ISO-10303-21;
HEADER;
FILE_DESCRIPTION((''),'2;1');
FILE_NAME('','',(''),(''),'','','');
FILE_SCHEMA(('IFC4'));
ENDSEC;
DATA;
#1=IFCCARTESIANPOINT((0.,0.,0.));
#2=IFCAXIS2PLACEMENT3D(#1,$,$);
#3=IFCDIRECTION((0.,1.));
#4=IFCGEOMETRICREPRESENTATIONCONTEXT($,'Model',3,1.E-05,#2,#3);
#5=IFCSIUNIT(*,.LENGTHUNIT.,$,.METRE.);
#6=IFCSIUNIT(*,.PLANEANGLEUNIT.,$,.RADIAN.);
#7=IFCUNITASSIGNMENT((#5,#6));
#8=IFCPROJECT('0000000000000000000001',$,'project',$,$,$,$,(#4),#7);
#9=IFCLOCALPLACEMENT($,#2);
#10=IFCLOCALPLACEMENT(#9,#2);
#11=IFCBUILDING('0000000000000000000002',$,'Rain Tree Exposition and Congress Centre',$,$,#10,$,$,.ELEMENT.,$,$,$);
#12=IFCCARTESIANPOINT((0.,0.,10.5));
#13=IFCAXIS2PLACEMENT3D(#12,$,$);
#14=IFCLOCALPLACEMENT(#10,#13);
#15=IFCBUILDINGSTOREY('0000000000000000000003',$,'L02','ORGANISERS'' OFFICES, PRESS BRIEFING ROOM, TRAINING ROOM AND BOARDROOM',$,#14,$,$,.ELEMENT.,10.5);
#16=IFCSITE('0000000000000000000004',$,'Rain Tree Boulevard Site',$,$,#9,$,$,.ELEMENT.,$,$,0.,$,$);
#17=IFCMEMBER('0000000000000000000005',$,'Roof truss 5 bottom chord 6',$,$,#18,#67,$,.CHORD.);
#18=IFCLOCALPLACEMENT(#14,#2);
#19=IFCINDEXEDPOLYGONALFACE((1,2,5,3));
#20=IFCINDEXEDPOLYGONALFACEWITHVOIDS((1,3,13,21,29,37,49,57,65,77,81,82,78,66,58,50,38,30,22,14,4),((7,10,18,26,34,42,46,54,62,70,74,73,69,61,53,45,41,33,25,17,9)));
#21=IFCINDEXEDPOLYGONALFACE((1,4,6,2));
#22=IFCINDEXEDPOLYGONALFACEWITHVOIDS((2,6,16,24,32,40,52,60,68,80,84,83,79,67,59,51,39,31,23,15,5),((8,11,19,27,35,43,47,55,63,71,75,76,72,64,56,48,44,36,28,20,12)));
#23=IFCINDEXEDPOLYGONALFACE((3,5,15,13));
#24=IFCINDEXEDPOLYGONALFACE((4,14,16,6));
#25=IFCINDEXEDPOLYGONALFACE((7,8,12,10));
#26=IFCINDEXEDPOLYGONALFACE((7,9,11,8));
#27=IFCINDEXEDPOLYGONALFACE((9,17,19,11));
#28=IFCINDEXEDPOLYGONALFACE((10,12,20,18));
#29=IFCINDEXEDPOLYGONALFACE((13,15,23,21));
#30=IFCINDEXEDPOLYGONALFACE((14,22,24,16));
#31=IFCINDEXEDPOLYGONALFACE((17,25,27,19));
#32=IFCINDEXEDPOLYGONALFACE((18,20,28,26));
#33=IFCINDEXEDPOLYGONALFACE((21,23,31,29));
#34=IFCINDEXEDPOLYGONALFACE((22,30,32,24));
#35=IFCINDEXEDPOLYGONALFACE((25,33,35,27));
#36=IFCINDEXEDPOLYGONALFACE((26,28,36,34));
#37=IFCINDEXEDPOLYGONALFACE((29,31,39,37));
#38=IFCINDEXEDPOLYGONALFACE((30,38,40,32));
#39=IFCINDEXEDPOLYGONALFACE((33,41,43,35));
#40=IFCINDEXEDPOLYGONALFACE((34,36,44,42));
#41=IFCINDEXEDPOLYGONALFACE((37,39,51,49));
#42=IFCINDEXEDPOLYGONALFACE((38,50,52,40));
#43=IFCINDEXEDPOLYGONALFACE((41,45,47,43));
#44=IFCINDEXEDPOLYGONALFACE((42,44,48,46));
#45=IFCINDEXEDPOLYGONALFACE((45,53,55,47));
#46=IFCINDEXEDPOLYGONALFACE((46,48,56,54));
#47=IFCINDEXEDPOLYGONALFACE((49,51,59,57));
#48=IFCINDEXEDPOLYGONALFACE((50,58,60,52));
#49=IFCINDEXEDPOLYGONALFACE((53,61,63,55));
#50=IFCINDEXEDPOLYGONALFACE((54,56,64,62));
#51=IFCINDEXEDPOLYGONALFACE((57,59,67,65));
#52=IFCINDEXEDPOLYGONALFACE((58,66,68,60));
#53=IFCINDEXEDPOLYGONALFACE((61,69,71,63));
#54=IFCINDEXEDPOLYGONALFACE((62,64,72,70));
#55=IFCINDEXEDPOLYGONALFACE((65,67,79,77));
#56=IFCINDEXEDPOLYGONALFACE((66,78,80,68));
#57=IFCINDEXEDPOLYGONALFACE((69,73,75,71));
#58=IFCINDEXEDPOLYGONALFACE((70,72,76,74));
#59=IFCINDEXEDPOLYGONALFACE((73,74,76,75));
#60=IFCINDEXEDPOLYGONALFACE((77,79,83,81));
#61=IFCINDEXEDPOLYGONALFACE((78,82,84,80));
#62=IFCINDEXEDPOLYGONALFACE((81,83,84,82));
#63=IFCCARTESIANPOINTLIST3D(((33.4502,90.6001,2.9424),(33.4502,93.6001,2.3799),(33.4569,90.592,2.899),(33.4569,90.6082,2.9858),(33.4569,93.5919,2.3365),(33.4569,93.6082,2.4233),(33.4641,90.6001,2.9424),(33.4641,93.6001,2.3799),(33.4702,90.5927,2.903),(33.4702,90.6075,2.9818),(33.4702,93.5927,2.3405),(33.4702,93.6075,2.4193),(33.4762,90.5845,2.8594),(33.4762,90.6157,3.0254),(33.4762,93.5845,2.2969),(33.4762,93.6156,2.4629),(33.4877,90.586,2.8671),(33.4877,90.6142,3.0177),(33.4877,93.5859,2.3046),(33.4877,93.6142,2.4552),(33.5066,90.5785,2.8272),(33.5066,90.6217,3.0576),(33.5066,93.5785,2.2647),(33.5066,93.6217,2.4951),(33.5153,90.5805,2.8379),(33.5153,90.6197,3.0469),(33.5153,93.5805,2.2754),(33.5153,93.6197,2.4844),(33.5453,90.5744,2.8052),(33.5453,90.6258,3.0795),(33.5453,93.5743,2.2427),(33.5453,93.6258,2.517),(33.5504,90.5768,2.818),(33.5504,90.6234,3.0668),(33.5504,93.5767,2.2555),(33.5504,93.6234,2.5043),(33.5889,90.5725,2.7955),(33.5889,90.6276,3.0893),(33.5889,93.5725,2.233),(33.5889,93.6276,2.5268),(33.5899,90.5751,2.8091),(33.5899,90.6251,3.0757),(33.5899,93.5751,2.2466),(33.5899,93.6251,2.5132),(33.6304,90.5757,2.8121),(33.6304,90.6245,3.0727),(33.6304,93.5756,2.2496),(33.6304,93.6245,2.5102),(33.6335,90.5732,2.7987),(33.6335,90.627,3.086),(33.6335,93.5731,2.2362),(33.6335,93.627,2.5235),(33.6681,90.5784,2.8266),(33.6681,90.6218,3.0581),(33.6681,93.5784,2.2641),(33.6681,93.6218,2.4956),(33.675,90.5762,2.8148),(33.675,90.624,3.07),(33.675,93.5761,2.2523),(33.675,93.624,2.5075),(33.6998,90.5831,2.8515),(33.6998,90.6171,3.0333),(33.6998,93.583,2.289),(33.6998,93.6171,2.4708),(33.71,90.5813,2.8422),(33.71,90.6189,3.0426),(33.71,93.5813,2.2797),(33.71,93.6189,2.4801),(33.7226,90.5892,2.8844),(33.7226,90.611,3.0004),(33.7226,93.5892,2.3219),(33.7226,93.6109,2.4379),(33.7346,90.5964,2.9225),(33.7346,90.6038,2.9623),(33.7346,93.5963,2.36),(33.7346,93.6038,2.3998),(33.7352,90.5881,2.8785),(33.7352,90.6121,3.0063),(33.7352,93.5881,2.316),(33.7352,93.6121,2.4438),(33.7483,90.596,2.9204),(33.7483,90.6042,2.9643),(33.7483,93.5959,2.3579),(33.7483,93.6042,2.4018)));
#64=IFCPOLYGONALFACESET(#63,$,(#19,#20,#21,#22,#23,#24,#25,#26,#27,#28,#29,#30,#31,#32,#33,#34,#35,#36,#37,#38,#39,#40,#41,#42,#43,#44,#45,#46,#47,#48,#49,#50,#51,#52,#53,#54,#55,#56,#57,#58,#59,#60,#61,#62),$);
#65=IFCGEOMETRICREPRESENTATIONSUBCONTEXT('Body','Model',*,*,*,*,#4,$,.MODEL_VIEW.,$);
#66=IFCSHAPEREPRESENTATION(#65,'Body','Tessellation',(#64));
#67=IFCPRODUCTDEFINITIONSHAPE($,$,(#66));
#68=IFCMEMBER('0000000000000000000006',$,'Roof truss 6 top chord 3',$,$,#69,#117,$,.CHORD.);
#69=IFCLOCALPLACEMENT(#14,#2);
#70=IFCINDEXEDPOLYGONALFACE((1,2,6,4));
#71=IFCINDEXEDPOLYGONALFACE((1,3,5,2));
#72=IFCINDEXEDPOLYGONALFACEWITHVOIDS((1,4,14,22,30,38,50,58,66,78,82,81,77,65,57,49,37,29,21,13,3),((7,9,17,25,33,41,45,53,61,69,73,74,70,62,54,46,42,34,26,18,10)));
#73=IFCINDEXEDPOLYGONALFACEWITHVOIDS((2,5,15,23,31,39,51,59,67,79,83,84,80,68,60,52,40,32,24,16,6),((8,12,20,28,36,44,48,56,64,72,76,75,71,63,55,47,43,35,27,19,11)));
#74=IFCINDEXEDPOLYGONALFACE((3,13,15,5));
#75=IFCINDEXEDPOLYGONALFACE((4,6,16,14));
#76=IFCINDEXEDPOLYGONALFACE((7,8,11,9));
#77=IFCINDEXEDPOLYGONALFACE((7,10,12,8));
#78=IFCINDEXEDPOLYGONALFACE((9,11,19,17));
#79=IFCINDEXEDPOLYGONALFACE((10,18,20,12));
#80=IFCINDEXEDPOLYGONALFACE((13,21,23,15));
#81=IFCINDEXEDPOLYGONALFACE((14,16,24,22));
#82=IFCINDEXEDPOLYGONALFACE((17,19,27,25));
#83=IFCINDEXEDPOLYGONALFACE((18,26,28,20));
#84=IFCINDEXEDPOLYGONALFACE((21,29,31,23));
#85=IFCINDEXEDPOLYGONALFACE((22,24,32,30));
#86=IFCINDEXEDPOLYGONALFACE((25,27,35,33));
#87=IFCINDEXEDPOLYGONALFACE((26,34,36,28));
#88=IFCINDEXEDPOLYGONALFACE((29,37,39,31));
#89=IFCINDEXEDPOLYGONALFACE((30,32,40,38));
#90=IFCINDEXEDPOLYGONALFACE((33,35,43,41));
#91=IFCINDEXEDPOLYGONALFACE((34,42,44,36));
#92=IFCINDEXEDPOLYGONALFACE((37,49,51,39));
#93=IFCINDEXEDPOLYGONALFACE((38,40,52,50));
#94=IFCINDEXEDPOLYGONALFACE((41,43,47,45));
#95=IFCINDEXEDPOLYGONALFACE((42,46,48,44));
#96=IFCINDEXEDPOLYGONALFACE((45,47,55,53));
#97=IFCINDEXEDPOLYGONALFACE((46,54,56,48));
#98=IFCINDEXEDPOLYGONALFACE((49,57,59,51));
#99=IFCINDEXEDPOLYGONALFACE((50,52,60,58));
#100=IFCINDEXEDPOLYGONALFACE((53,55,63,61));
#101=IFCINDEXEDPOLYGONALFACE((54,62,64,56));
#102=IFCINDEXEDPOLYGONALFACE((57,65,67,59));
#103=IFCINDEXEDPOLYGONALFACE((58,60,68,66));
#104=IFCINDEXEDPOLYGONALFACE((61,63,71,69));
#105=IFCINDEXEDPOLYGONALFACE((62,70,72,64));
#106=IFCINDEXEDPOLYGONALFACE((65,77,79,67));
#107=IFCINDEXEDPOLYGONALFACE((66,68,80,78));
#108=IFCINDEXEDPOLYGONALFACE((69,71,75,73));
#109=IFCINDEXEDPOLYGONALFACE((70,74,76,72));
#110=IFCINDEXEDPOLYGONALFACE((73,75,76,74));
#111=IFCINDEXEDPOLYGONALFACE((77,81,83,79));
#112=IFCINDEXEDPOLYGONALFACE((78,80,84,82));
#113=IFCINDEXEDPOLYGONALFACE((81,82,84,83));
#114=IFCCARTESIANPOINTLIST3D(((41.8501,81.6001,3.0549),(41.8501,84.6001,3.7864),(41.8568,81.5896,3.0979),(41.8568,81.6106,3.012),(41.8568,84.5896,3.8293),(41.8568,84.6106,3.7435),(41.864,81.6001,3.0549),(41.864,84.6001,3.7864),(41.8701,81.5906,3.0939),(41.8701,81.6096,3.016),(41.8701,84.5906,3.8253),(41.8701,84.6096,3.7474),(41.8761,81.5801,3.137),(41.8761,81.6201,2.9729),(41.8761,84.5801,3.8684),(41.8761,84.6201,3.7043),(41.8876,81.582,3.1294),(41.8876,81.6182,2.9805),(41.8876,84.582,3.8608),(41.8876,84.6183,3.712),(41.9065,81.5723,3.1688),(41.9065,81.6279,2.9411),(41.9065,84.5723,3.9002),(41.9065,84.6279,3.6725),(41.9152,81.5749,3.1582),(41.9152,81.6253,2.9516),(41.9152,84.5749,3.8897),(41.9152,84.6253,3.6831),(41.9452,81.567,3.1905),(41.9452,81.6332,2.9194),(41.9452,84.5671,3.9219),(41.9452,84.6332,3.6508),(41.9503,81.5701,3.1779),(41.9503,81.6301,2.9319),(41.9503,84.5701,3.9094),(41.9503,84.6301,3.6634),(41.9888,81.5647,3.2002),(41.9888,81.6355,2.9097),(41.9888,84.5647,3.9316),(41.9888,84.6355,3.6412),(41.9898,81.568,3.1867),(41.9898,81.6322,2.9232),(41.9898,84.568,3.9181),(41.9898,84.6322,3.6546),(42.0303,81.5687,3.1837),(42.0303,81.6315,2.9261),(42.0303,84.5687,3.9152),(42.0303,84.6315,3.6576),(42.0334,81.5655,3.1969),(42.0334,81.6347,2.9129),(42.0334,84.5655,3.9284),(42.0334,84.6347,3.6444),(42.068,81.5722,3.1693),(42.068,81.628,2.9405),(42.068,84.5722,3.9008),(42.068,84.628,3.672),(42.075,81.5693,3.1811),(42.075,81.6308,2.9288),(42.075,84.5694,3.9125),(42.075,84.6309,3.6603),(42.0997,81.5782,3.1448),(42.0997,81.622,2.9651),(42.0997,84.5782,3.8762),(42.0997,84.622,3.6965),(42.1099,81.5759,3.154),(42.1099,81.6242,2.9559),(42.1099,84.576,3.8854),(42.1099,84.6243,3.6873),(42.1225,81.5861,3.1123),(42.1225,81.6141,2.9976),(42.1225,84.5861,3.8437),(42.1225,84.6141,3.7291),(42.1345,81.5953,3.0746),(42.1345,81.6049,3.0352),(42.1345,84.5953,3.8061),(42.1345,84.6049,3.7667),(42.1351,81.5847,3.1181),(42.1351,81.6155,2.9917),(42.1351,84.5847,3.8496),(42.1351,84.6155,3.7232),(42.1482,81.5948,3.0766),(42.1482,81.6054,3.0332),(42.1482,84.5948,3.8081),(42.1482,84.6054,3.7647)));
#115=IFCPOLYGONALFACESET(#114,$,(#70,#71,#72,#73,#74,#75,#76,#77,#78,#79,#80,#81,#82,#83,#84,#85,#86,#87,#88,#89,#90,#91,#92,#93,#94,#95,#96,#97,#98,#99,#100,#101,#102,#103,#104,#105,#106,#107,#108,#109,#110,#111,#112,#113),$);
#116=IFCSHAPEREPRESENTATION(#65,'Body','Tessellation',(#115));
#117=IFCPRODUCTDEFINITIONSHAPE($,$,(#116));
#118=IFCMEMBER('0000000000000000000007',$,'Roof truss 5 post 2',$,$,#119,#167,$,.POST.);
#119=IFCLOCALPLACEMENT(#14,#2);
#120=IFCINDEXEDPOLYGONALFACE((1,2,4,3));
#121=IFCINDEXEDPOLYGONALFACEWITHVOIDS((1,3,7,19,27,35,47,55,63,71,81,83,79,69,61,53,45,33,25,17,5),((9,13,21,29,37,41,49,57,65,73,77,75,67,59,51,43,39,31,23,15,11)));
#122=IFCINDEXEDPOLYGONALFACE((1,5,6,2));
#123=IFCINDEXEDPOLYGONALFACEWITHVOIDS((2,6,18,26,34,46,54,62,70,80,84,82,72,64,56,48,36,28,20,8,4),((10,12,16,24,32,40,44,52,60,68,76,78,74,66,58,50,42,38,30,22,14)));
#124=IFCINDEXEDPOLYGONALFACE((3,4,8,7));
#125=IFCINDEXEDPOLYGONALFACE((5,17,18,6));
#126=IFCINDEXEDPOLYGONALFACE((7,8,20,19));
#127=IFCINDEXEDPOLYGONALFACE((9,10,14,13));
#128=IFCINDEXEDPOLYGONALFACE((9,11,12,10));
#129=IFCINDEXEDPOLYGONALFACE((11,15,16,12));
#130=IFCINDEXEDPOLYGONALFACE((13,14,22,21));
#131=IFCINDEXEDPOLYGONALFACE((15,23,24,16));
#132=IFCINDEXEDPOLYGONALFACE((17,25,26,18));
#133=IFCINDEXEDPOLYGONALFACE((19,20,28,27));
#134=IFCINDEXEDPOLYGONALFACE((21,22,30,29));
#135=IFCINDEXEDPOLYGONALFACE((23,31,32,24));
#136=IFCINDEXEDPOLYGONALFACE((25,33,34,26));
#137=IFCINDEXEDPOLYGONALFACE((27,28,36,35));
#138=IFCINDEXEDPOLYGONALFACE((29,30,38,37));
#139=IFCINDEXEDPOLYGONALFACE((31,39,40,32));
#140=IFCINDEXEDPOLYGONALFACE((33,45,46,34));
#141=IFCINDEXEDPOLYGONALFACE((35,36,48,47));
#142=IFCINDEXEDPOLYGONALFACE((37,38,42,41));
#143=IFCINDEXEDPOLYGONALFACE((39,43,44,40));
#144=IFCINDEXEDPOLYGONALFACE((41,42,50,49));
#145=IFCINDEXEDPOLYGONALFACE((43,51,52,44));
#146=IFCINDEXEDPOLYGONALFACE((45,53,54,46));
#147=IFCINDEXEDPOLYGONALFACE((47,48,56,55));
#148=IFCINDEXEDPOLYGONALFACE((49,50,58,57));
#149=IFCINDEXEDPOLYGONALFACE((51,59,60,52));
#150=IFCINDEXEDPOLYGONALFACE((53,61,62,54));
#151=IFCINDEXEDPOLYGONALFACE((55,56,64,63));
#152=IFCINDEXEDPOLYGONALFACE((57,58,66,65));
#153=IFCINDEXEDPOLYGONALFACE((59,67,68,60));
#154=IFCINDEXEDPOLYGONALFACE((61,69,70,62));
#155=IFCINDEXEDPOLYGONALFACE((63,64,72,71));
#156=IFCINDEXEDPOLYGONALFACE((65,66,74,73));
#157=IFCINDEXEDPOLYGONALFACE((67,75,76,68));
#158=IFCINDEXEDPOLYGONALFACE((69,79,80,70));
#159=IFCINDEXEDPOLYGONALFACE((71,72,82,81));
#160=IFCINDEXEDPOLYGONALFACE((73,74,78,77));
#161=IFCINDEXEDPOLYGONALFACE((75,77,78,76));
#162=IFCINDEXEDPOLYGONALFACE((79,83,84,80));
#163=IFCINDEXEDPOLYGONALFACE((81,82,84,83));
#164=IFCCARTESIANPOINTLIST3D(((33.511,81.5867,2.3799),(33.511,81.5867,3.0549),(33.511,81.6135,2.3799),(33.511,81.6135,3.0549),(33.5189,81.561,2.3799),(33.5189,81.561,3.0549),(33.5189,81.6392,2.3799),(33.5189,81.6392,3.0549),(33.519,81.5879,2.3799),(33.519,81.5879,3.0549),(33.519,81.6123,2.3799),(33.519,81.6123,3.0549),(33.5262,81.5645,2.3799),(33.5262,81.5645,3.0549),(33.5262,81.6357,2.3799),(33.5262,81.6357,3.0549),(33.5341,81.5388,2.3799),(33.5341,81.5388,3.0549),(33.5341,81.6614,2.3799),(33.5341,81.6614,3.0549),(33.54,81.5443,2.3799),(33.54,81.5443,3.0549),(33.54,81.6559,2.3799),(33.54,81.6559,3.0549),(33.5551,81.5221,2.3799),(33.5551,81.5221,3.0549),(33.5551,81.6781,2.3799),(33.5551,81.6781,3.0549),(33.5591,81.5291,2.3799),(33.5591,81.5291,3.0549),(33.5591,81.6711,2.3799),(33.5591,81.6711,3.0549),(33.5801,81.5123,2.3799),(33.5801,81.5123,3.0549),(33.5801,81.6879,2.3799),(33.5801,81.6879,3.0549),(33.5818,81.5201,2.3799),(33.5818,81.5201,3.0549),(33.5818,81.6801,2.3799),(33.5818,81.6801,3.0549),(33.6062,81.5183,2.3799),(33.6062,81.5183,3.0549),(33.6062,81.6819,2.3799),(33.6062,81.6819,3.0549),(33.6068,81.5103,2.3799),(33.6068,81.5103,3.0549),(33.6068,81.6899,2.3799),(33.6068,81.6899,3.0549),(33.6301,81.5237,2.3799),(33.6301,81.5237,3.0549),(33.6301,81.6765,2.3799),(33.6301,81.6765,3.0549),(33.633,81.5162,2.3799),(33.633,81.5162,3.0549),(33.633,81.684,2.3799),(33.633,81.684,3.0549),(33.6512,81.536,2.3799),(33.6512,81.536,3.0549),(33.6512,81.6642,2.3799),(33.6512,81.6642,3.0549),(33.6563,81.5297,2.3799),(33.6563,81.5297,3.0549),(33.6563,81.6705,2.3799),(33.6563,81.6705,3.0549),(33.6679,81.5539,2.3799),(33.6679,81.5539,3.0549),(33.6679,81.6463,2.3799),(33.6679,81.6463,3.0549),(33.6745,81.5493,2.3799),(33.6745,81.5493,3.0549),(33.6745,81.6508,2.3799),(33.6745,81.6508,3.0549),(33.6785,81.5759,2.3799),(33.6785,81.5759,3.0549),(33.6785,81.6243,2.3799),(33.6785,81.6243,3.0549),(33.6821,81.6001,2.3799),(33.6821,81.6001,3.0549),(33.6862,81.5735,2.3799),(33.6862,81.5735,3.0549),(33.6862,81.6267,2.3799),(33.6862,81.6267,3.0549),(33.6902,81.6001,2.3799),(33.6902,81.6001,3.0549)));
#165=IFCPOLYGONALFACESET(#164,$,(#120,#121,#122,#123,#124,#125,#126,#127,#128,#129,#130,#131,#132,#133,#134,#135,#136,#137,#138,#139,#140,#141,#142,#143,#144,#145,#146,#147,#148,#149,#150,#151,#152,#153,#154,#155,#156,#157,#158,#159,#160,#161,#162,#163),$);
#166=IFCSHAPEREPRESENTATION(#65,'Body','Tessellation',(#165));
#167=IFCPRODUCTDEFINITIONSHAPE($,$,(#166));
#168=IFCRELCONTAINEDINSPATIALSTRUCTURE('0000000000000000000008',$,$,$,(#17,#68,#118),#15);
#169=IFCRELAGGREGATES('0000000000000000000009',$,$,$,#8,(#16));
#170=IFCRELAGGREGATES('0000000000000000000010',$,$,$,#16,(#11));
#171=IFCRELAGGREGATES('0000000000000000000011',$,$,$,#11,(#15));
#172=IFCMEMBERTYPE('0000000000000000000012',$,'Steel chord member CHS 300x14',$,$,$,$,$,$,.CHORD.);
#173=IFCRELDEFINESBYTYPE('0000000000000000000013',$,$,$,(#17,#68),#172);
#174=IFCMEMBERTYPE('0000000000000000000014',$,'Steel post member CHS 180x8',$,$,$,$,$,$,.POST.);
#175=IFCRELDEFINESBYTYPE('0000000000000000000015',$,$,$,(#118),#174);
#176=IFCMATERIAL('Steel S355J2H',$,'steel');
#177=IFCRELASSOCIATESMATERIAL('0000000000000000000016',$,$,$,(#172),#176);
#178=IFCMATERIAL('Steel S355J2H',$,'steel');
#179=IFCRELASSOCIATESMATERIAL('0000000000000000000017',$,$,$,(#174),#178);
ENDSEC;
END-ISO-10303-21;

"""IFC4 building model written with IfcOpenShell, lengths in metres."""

from ifc_helpers import new_model, si_unit, direction, frame, origin, origin_2d, place, context, subcontext, project, spatial, hollow_circle, extrude, material, material_profile, profile_set, type_object, element, save


model = new_model("IFC4")

# Units and contexts
model_context = context("Model", 3, precision=1e-05, world=origin(), true_north=direction((0.0, 1.0)))
body_context = subcontext(model_context, "Body", "Model", "MODEL_VIEW")
ifc_project = project(units=[si_unit("LENGTHUNIT", "METRE"), si_unit("PLANEANGLEUNIT", "RADIAN")], contexts=[model_context])

# Site, building, storey
site_placement = place(None, origin())
site = spatial("IfcSite", under=ifc_project, at=site_placement, Name="Rain Tree Boulevard Site", CompositionType="ELEMENT", RefElevation=0.0)
building_placement = place(site_placement, origin())
building = spatial("IfcBuilding", under=site, at=building_placement, Name="Rain Tree Exposition and Congress Centre", CompositionType="ELEMENT")
storey_placement = place(building_placement, frame((0.0, 0.0, 10.5)))
storey = spatial("IfcBuildingStorey", under=building, at=storey_placement, Name="L02", Description="ORGANISERS' OFFICES, PRESS BRIEFING ROOM, TRAINING ROOM AND BOARDROOM", CompositionType="ELEMENT", Elevation=10.5)

# Members
ifc_material_1 = material(Name="Steel S355J2H", Category="steel")
ifc_material_profile_1 = material_profile(ifc_material_1, hollow_circle(Radius=0.1499, WallThickness=0.0139, at=origin_2d()), Name="CHS 300x14")
ifc_profile_set_1 = profile_set([ifc_material_profile_1], Name="Steel S355J2H")
member_type_1 = type_object("IfcMemberType", Name="Steel chord member CHS 300x14", PredefinedType="CHORD", material=ifc_profile_set_1)
member_1_placement = place(storey_placement, frame((33.6001, 90.6001, 2.9424), z_axis=(0.0, 0.982872, -0.184289), x_axis=(-1.0, 0.0, 0.0)))
element("IfcMember", 1, at=member_1_placement, inside=storey, type_object=member_type_1, Name="Roof truss 5 bottom chord 6", PredefinedType="CHORD", context=body_context, shape_type="SweptSolid", body=[
    extrude(hollow_circle(Radius=0.1499, WallThickness=0.0139, at=origin_2d()), origin(), (0.0, 0.0, 1.0), 3.0522),
])
member_2_placement = place(storey_placement, frame((42.0, 81.6001, 3.0549), z_axis=(0.0, 0.97154, 0.236876), x_axis=(-1.0, 0.0, 0.0)))
element("IfcMember", 2, at=member_2_placement, inside=storey, type_object=member_type_1, Name="Roof truss 6 top chord 3", PredefinedType="CHORD", context=body_context, shape_type="SweptSolid", body=[
    extrude(hollow_circle(Radius=0.1499, WallThickness=0.0139, at=origin_2d()), origin(), (0.0, 0.0, 1.0), 3.0879),
])
ifc_material_2 = material(Name="Steel S355J2H", Category="steel")
ifc_material_profile_2 = material_profile(ifc_material_2, hollow_circle(Radius=0.0901, WallThickness=0.0081, at=origin_2d()), Name="CHS 180x8")
ifc_profile_set_2 = profile_set([ifc_material_profile_2], Name="Steel S355J2H")
member_type_2 = type_object("IfcMemberType", Name="Steel post member CHS 180x8", PredefinedType="POST", material=ifc_profile_set_2)
member_3_placement = place(storey_placement, frame((33.6001, 81.6001, 2.3799), z_axis=(0.0, 0.0, 1.0), x_axis=(1.0, 0.0, 0.0)))
element("IfcMember", 3, at=member_3_placement, inside=storey, type_object=member_type_2, Name="Roof truss 5 post 2", PredefinedType="POST", context=body_context, shape_type="SweptSolid", body=[
    extrude(hollow_circle(Radius=0.0901, WallThickness=0.0081, at=origin_2d()), origin(), (0.0, 0.0, 1.0), 0.675),
])

save(model, "model.ifc")
